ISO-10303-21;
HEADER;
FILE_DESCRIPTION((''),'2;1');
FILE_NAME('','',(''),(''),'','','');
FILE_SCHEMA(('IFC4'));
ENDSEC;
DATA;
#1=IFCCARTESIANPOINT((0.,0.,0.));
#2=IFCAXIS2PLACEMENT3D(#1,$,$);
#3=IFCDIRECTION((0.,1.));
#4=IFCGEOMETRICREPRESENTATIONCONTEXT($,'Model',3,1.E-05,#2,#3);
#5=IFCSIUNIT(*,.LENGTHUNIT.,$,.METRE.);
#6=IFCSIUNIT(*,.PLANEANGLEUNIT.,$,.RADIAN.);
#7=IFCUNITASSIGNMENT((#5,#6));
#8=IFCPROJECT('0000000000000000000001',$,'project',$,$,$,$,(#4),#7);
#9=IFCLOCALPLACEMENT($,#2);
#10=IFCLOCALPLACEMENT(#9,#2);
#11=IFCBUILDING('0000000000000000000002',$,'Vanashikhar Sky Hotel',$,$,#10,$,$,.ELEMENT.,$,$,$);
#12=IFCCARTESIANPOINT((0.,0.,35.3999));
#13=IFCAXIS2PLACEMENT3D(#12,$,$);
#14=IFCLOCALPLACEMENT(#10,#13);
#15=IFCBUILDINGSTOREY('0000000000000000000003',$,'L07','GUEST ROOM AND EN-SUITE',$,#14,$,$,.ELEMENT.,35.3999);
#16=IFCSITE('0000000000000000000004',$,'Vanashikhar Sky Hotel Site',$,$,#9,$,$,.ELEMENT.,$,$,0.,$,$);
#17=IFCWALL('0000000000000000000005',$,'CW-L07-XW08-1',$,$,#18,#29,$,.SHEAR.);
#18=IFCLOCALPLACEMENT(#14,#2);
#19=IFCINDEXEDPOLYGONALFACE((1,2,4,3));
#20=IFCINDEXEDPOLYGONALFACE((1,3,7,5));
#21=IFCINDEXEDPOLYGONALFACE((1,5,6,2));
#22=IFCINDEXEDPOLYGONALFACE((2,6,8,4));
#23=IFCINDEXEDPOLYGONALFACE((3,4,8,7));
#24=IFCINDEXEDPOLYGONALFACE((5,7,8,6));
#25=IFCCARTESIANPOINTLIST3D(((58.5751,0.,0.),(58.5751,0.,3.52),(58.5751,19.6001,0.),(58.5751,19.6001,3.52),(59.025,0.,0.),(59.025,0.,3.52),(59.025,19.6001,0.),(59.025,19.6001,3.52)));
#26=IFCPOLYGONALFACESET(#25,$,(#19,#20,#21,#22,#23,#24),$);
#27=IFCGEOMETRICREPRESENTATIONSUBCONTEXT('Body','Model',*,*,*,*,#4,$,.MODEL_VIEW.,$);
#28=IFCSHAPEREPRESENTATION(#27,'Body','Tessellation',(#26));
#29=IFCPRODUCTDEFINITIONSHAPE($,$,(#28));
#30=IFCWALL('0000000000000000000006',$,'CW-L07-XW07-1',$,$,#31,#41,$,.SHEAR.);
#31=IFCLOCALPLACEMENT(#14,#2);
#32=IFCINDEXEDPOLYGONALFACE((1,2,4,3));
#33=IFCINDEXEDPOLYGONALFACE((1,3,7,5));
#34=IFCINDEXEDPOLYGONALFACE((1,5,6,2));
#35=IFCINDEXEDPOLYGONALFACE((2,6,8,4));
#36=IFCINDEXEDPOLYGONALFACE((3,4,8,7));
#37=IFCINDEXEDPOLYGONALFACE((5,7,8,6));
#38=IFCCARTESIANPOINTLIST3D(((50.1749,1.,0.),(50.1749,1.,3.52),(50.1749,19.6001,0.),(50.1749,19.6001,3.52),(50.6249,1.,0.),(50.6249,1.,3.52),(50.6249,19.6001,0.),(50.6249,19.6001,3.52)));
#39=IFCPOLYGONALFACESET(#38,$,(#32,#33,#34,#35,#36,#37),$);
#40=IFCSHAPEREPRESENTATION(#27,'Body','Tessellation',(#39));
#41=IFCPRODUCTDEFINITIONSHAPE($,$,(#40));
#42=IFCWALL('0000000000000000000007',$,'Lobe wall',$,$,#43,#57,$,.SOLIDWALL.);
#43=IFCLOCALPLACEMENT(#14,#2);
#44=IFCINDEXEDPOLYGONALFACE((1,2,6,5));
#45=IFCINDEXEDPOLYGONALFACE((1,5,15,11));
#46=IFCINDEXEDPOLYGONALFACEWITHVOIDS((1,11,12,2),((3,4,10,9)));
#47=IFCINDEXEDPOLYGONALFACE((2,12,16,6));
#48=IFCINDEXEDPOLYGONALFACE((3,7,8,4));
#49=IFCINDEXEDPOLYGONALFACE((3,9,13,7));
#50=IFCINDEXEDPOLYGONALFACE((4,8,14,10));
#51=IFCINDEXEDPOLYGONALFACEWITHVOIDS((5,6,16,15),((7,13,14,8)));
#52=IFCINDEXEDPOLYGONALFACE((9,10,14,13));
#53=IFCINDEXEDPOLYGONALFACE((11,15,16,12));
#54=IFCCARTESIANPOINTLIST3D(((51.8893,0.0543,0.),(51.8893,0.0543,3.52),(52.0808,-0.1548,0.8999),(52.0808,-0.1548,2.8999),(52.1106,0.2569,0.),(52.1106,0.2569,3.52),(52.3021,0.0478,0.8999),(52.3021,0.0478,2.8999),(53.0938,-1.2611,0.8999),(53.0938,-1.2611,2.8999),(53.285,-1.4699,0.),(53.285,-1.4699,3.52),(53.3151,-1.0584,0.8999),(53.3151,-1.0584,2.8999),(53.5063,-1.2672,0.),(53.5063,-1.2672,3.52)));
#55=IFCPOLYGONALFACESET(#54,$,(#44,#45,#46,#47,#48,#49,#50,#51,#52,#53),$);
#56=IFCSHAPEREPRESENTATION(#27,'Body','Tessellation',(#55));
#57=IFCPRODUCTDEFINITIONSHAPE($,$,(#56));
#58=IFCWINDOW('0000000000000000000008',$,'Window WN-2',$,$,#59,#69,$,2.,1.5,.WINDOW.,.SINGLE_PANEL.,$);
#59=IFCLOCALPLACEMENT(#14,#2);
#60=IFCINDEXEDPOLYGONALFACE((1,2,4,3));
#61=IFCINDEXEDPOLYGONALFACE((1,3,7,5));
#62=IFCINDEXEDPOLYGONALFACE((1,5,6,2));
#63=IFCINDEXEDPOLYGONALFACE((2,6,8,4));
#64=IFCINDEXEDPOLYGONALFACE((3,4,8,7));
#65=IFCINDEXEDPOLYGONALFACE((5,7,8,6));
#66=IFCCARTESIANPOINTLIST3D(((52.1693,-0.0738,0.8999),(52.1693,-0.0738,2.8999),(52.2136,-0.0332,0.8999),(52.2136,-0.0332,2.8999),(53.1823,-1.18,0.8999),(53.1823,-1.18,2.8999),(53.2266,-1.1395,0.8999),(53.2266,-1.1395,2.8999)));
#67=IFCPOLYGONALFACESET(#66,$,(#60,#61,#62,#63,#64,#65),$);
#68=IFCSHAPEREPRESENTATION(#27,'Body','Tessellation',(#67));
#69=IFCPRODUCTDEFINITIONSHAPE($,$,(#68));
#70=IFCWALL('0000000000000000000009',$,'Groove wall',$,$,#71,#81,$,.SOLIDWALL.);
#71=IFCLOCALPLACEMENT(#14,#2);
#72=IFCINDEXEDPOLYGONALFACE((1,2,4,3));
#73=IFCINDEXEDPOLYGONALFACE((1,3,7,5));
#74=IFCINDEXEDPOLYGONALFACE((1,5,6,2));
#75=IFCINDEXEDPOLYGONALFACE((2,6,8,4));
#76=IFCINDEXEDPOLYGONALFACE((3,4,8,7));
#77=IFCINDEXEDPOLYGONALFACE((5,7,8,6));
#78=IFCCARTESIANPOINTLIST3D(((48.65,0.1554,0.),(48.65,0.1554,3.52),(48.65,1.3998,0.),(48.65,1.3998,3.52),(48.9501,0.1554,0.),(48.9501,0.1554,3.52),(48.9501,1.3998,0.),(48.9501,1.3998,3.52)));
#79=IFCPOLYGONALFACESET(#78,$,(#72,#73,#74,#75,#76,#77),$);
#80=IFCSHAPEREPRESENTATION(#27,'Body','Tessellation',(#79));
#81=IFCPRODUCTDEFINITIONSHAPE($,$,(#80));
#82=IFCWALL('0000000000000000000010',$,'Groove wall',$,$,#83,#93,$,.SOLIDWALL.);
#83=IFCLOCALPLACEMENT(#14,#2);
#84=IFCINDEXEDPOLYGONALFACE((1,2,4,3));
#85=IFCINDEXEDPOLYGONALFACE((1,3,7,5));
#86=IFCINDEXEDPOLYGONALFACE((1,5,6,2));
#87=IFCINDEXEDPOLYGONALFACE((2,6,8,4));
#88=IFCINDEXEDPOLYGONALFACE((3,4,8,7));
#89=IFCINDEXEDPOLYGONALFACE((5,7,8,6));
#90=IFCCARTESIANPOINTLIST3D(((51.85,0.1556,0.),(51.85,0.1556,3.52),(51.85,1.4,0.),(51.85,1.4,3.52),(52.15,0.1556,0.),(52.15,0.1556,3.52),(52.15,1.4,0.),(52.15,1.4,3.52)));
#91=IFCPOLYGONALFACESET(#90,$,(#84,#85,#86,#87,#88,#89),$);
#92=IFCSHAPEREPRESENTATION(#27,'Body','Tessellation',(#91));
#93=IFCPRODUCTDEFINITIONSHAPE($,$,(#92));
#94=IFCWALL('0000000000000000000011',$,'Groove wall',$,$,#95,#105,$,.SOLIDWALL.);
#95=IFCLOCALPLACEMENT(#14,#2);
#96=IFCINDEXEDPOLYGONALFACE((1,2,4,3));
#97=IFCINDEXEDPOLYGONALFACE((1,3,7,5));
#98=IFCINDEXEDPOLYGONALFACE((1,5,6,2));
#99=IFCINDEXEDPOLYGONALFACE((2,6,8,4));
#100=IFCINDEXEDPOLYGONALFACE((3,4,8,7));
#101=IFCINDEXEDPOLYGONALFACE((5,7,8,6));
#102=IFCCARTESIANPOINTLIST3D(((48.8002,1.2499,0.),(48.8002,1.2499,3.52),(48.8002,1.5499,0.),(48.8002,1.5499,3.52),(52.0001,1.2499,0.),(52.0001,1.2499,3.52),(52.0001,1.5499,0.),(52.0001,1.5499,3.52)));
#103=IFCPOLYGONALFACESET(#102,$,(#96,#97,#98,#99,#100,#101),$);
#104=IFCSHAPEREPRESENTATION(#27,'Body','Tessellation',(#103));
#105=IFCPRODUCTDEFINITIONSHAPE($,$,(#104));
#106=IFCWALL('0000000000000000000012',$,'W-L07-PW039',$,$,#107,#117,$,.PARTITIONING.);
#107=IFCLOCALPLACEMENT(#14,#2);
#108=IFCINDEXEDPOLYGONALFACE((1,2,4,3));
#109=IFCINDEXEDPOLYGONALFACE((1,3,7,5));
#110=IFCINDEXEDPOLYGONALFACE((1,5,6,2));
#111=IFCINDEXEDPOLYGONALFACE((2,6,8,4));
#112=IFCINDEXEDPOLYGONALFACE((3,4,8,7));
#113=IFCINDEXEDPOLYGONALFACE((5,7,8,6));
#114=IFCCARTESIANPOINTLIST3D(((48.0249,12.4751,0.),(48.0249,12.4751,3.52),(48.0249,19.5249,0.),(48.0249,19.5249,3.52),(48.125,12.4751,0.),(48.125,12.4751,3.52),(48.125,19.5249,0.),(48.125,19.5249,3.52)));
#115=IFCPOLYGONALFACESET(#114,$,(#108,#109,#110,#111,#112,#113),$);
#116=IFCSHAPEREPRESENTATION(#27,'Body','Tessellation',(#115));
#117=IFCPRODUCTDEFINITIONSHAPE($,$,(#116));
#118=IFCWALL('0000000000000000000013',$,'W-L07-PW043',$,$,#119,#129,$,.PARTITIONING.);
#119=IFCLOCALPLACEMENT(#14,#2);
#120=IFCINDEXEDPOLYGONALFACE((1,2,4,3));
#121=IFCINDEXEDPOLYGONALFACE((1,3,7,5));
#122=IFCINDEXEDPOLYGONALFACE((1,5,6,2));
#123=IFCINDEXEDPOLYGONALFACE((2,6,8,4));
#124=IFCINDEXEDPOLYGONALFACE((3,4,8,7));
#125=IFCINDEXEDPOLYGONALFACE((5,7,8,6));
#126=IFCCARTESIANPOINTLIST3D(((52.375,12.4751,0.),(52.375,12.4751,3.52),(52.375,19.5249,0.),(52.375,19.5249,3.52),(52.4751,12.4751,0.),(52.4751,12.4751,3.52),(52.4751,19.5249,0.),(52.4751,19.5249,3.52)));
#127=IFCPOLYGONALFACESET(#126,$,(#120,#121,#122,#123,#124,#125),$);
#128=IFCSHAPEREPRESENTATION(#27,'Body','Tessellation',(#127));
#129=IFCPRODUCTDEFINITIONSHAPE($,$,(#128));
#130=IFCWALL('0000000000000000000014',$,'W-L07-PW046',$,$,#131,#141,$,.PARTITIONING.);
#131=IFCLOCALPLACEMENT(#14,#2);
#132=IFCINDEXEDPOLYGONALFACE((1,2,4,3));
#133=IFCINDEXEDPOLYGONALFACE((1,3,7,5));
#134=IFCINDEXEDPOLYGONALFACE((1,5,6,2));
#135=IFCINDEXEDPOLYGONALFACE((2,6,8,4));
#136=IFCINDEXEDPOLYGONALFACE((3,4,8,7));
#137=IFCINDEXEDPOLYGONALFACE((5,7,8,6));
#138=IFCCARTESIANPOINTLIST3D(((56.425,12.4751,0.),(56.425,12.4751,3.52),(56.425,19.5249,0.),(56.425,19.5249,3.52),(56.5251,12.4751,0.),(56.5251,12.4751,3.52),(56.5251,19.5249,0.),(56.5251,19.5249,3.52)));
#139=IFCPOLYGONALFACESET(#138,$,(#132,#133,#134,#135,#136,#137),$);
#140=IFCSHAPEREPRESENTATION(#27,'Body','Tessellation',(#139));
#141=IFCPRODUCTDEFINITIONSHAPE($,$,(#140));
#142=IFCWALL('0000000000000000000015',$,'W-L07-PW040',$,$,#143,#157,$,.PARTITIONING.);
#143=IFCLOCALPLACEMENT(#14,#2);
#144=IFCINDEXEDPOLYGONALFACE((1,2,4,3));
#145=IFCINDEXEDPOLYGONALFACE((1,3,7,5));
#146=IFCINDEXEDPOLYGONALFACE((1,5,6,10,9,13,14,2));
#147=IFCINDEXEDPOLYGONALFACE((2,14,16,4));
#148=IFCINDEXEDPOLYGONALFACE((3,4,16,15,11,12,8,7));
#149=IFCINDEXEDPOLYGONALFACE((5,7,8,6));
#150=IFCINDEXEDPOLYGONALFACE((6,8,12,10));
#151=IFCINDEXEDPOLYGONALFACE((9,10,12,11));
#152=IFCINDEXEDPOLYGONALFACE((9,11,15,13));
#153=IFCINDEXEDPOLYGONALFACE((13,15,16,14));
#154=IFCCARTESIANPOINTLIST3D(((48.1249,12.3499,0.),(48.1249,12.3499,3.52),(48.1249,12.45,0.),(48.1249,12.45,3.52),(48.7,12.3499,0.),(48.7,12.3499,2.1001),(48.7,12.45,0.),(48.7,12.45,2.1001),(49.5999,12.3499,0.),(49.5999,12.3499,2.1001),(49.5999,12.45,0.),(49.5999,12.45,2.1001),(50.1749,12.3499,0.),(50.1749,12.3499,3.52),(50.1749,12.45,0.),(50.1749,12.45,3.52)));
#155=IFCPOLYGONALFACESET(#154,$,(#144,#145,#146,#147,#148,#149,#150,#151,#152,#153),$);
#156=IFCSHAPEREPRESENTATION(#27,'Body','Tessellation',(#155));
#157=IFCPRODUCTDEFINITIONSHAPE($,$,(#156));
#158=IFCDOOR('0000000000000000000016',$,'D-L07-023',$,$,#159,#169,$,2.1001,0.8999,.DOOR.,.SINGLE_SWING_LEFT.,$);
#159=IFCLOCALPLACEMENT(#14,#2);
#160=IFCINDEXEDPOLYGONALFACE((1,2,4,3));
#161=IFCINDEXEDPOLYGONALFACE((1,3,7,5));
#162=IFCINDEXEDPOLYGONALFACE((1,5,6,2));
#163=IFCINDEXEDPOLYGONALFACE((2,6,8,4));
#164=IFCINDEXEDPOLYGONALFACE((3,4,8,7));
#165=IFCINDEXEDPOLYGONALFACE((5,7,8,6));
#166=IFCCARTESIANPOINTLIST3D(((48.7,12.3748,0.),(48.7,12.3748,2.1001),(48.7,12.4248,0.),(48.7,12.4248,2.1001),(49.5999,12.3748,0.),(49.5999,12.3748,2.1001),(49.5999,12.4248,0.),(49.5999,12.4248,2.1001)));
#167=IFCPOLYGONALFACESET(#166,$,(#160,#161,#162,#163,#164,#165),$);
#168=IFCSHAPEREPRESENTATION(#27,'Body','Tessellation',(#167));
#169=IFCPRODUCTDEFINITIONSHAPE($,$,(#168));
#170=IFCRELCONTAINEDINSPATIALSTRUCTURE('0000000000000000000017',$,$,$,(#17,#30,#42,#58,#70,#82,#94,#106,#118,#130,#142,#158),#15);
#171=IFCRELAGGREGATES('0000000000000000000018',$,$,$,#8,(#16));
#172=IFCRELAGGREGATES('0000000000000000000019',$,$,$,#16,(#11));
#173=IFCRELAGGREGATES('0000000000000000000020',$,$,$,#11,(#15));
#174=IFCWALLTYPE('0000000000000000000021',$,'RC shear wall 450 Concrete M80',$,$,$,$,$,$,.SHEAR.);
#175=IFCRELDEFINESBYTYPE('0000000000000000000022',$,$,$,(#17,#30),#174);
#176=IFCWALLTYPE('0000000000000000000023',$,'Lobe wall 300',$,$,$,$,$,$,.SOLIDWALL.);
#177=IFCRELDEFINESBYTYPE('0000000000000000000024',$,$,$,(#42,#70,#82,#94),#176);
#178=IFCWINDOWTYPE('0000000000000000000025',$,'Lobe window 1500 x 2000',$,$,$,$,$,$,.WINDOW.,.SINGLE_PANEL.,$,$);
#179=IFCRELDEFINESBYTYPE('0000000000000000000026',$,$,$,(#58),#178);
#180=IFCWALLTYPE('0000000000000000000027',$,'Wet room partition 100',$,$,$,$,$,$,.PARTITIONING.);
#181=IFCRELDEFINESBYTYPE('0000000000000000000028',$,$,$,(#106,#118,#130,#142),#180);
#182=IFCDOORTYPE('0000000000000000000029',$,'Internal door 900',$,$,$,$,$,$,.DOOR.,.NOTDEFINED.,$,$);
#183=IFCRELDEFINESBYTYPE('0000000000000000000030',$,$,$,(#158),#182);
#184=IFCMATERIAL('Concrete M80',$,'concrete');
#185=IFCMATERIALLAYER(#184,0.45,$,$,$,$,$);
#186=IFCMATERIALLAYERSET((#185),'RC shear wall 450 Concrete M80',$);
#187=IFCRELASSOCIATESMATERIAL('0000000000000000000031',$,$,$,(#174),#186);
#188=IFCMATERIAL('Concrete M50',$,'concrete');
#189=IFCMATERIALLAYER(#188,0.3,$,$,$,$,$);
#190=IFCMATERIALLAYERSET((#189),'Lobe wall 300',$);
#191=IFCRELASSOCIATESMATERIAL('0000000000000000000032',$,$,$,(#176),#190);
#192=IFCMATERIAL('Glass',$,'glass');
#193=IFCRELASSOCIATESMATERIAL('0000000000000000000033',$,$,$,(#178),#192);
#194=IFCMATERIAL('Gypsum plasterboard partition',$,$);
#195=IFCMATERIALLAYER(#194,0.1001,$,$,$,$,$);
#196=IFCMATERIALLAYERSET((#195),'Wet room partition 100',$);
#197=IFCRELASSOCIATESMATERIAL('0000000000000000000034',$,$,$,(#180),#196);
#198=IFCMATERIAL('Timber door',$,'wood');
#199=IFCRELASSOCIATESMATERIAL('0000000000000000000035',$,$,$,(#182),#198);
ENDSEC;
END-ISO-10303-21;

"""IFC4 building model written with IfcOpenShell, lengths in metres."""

from ifc_helpers import new_model, si_unit, direction, frame, frame_2d, origin, place, context, subcontext, project, spatial, rectangle, extrude, source, transform, mapped, material, layer, layer_set, type_object, element, fill, save


model = new_model("IFC4")

# Units and contexts
model_context = context("Model", 3, precision=1e-05, world=origin(), true_north=direction((0.0, 1.0)))
body_context = subcontext(model_context, "Body", "Model", "MODEL_VIEW")
ifc_project = project(units=[si_unit("LENGTHUNIT", "METRE"), si_unit("PLANEANGLEUNIT", "RADIAN")], contexts=[model_context])

# Site, building, storey
site_placement = place(None, origin())
site = spatial("IfcSite", under=ifc_project, at=site_placement, Name="Vanashikhar Sky Hotel Site", CompositionType="ELEMENT", RefElevation=0.0)
building_placement = place(site_placement, origin())
building = spatial("IfcBuilding", under=site, at=building_placement, Name="Vanashikhar Sky Hotel", CompositionType="ELEMENT")
storey_placement = place(building_placement, frame((0.0, 0.0, 35.3999)))
storey = spatial("IfcBuildingStorey", under=building, at=storey_placement, Name="L07", Description="GUEST ROOM AND EN-SUITE", CompositionType="ELEMENT", Elevation=35.3999)

# Walls
ifc_material_1 = material(Name="Concrete M80", Category="concrete")
ifc_layer_1 = layer(ifc_material_1, 0.45)
ifc_layer_set_1 = layer_set([ifc_layer_1], Name="RC shear wall 450 Concrete M80")
wall_type_1 = type_object("IfcWallType", Name="RC shear wall 450 Concrete M80", PredefinedType="SHEAR", material=ifc_layer_set_1)
shared_shape_1 = source(origin(), body_context, "Body", "SweptSolid", [
    extrude(rectangle(XDim=19.6001, YDim=0.45, at=frame_2d((9.8, 0.0))), origin(), (0.0, 0.0, 1.0), 3.52),
])
wall_1_placement = place(storey_placement, frame((58.8, 0.0, 0.0), z_axis=(0.0, 0.0, 1.0), x_axis=(0.0, 1.0, 0.0)))
element("IfcWall", 1, at=wall_1_placement, inside=storey, type_object=wall_type_1, Name="CW-L07-XW08-1", PredefinedType="SHEAR", context=body_context, shape_type="MappedRepresentation", body=[
    mapped(shared_shape_1, transform((0.0, 0.0, 0.0), scale=1.0)),
])
shared_shape_2 = source(origin(), body_context, "Body", "SweptSolid", [
    extrude(rectangle(XDim=18.6001, YDim=0.45, at=frame_2d((9.3, 0.0))), origin(), (0.0, 0.0, 1.0), 3.52),
])
wall_2_placement = place(storey_placement, frame((50.3999, 1.0, 0.0), z_axis=(0.0, 0.0, 1.0), x_axis=(0.0, 1.0, 0.0)))
element("IfcWall", 2, at=wall_2_placement, inside=storey, type_object=wall_type_1, Name="CW-L07-XW07-1", PredefinedType="SHEAR", context=body_context, shape_type="MappedRepresentation", body=[
    mapped(shared_shape_2, transform((0.0, 0.0, 0.0), scale=1.0)),
])

# Wall, opening, window
ifc_material_2 = material(Name="Concrete M50", Category="concrete")
ifc_layer_2 = layer(ifc_material_2, 0.3)
ifc_layer_set_2 = layer_set([ifc_layer_2], Name="Lobe wall 300")
wall_type_2 = type_object("IfcWallType", Name="Lobe wall 300", PredefinedType="SOLIDWALL", material=ifc_layer_set_2)
shared_shape_3 = source(origin(), body_context, "Body", "SweptSolid", [
    extrude(rectangle(XDim=2.0667, YDim=0.3, at=frame_2d((1.0332, 0.0))), origin(), (0.0, 0.0, 1.0), 3.52),
])
wall_3_placement = place(storey_placement, frame((52.0, 0.1555, 0.0), z_axis=(0.0, 0.0, 1.0), x_axis=(0.675355, -0.737492, 0.0)))
wall_3 = element("IfcWall", 3, at=wall_3_placement, inside=storey, type_object=wall_type_2, Name="Lobe wall", PredefinedType="SOLIDWALL", context=body_context, shape_type="MappedRepresentation", body=[
    mapped(shared_shape_3, transform((0.0, 0.0, 0.0), scale=1.0)),
])
shared_shape_4 = source(origin(), body_context, "Body", "SweptSolid", [
    extrude(rectangle(XDim=1.5, YDim=2.0, at=frame_2d((0.75, 1.0))), frame((0.0, 0.1602, 0.0), z_axis=(0.0, -1.0, 0.0), x_axis=(1.0, 0.0, 0.0)), (0.0, 0.0, 1.0), 0.3201),
])
opening_1_placement = place(wall_3_placement, frame((0.2834, 0.0, 0.8999)))
opening_1 = element("IfcOpeningElement", 4, at=opening_1_placement, cuts=wall_3, PredefinedType="OPENING", context=body_context, shape_type="MappedRepresentation", body=[
    mapped(shared_shape_4, transform((0.0, 0.0, 0.0), scale=1.0)),
])
ifc_material_3 = material(Name="Glass", Category="glass")
window_type = type_object("IfcWindowType", Name="Lobe window 1500 x 2000", PartitioningType="SINGLE_PANEL", PredefinedType="WINDOW", material=ifc_material_3)
shared_shape_5 = source(origin(), body_context, "Body", "SweptSolid", [
    extrude(rectangle(XDim=1.5, YDim=2.0, at=frame_2d((0.75, 1.0))), frame((0.0, 0.03, 0.0), z_axis=(0.0, -1.0, 0.0), x_axis=(1.0, 0.0, 0.0)), (0.0, 0.0, 1.0), 0.0601),
])
window_placement = place(opening_1_placement, origin())
window = element("IfcWindow", 5, at=window_placement, inside=storey, type_object=window_type, Name="Window WN-2", OverallHeight=2.0, OverallWidth=1.5, PartitioningType="SINGLE_PANEL", PredefinedType="WINDOW", context=body_context, shape_type="MappedRepresentation", body=[
    mapped(shared_shape_5, transform((0.0, 0.0, 0.0), scale=1.0)),
])
fill(opening_1, window)

# Walls
shared_shape_6 = source(origin(), body_context, "Body", "SweptSolid", [
    extrude(rectangle(XDim=1.2444, YDim=0.3, at=frame_2d((0.6221, 0.0))), origin(), (0.0, 0.0, 1.0), 3.52),
])
for number, where, z_axis, x_axis, name in (
    (6, (48.8, 0.1555, 0.0), (0.0, 0.0, 1.0), (0.0, 1.0, 0.0), "Groove wall"),
    (7, (52.0, 1.3999, 0.0), (0.0, 0.0, 1.0), (0.0, -1.0, 0.0), "Groove wall"),
):
    element("IfcWall", number, at=place(storey_placement, frame(where, z_axis=z_axis, x_axis=x_axis)), inside=storey, type_object=wall_type_2, Name=name, PredefinedType="SOLIDWALL", context=body_context, shape_type="MappedRepresentation", body=[
        mapped(shared_shape_6, transform((0.0, 0.0, 0.0), scale=1.0)),
    ])
shared_shape_7 = source(origin(), body_context, "Body", "SweptSolid", [
    extrude(rectangle(XDim=3.2, YDim=0.3, at=frame_2d((1.6001, 0.0))), origin(), (0.0, 0.0, 1.0), 3.52),
])
wall_4_placement = place(storey_placement, frame((48.8, 1.3999, 0.0), z_axis=(0.0, 0.0, 1.0), x_axis=(1.0, 0.0, 0.0)))
element("IfcWall", 8, at=wall_4_placement, inside=storey, type_object=wall_type_2, Name="Groove wall", PredefinedType="SOLIDWALL", context=body_context, shape_type="MappedRepresentation", body=[
    mapped(shared_shape_7, transform((0.0, 0.0, 0.0), scale=1.0)),
])
ifc_material_4 = material(Name="Gypsum plasterboard partition")
ifc_layer_3 = layer(ifc_material_4, 0.1001)
ifc_layer_set_3 = layer_set([ifc_layer_3], Name="Wet room partition 100")
wall_type_3 = type_object("IfcWallType", Name="Wet room partition 100", PredefinedType="PARTITIONING", material=ifc_layer_set_3)
shared_shape_8 = source(origin(), body_context, "Body", "SweptSolid", [
    extrude(rectangle(XDim=7.0498, YDim=0.1001, at=frame_2d((3.5249, 0.0))), origin(), (0.0, 0.0, 1.0), 3.52),
])
for number, where, z_axis, x_axis, name in (
    (9, (48.075, 12.4751, 0.0), (0.0, 0.0, 1.0), (0.0, 1.0, 0.0), "W-L07-PW039"),
    (10, (52.425, 12.4751, 0.0), (0.0, 0.0, 1.0), (0.0, 1.0, 0.0), "W-L07-PW043"),
    (11, (56.4751, 12.4751, 0.0), (0.0, 0.0, 1.0), (0.0, 1.0, 0.0), "W-L07-PW046"),
):
    element("IfcWall", number, at=place(storey_placement, frame(where, z_axis=z_axis, x_axis=x_axis)), inside=storey, type_object=wall_type_3, Name=name, PredefinedType="PARTITIONING", context=body_context, shape_type="MappedRepresentation", body=[
        mapped(shared_shape_8, transform((0.0, 0.0, 0.0), scale=1.0)),
    ])

# Wall, opening, door
shared_shape_9 = source(origin(), body_context, "Body", "SweptSolid", [
    extrude(rectangle(XDim=2.05, YDim=0.1001, at=frame_2d((1.0249, 0.0))), origin(), (0.0, 0.0, 1.0), 3.52),
])
wall_5_placement = place(storey_placement, frame((48.125, 12.3999, 0.0), z_axis=(0.0, 0.0, 1.0), x_axis=(1.0, 0.0, 0.0)))
wall_5 = element("IfcWall", 12, at=wall_5_placement, inside=storey, type_object=wall_type_3, Name="W-L07-PW040", PredefinedType="PARTITIONING", context=body_context, shape_type="MappedRepresentation", body=[
    mapped(shared_shape_9, transform((0.0, 0.0, 0.0), scale=1.0)),
])
shared_shape_10 = source(origin(), body_context, "Body", "SweptSolid", [
    extrude(rectangle(XDim=0.8999, YDim=2.1001, at=frame_2d((0.45, 1.05))), frame((0.0, 0.0601, 0.0), z_axis=(0.0, -1.0, 0.0), x_axis=(1.0, 0.0, 0.0)), (0.0, 0.0, 1.0), 0.1201),
])
opening_2_placement = place(wall_5_placement, frame((0.575, 0.0, 0.0)))
opening_2 = element("IfcOpeningElement", 13, at=opening_2_placement, cuts=wall_5, PredefinedType="OPENING", context=body_context, shape_type="MappedRepresentation", body=[
    mapped(shared_shape_10, transform((0.0, 0.0, 0.0), scale=1.0)),
])
ifc_material_5 = material(Name="Timber door", Category="wood")
door_type = type_object("IfcDoorType", Name="Internal door 900", OperationType="NOTDEFINED", PredefinedType="DOOR", material=ifc_material_5)
shared_shape_11 = source(origin(), body_context, "Body", "SweptSolid", [
    extrude(rectangle(XDim=0.8999, YDim=2.1001, at=frame_2d((0.45, 1.05))), frame((0.0, 0.0249, 0.0), z_axis=(0.0, -1.0, 0.0), x_axis=(1.0, 0.0, 0.0)), (0.0, 0.0, 1.0), 0.05),
])
door_1_placement = place(opening_2_placement, origin())
door_1 = element("IfcDoor", 14, at=door_1_placement, inside=storey, type_object=door_type, Name="D-L07-023", OperationType="SINGLE_SWING_LEFT", OverallHeight=2.1001, OverallWidth=0.8999, PredefinedType="DOOR", context=body_context, shape_type="MappedRepresentation", body=[
    mapped(shared_shape_11, transform((0.0, 0.0, 0.0), scale=1.0)),
])
fill(opening_2, door_1)

save(model, "model.ifc")
